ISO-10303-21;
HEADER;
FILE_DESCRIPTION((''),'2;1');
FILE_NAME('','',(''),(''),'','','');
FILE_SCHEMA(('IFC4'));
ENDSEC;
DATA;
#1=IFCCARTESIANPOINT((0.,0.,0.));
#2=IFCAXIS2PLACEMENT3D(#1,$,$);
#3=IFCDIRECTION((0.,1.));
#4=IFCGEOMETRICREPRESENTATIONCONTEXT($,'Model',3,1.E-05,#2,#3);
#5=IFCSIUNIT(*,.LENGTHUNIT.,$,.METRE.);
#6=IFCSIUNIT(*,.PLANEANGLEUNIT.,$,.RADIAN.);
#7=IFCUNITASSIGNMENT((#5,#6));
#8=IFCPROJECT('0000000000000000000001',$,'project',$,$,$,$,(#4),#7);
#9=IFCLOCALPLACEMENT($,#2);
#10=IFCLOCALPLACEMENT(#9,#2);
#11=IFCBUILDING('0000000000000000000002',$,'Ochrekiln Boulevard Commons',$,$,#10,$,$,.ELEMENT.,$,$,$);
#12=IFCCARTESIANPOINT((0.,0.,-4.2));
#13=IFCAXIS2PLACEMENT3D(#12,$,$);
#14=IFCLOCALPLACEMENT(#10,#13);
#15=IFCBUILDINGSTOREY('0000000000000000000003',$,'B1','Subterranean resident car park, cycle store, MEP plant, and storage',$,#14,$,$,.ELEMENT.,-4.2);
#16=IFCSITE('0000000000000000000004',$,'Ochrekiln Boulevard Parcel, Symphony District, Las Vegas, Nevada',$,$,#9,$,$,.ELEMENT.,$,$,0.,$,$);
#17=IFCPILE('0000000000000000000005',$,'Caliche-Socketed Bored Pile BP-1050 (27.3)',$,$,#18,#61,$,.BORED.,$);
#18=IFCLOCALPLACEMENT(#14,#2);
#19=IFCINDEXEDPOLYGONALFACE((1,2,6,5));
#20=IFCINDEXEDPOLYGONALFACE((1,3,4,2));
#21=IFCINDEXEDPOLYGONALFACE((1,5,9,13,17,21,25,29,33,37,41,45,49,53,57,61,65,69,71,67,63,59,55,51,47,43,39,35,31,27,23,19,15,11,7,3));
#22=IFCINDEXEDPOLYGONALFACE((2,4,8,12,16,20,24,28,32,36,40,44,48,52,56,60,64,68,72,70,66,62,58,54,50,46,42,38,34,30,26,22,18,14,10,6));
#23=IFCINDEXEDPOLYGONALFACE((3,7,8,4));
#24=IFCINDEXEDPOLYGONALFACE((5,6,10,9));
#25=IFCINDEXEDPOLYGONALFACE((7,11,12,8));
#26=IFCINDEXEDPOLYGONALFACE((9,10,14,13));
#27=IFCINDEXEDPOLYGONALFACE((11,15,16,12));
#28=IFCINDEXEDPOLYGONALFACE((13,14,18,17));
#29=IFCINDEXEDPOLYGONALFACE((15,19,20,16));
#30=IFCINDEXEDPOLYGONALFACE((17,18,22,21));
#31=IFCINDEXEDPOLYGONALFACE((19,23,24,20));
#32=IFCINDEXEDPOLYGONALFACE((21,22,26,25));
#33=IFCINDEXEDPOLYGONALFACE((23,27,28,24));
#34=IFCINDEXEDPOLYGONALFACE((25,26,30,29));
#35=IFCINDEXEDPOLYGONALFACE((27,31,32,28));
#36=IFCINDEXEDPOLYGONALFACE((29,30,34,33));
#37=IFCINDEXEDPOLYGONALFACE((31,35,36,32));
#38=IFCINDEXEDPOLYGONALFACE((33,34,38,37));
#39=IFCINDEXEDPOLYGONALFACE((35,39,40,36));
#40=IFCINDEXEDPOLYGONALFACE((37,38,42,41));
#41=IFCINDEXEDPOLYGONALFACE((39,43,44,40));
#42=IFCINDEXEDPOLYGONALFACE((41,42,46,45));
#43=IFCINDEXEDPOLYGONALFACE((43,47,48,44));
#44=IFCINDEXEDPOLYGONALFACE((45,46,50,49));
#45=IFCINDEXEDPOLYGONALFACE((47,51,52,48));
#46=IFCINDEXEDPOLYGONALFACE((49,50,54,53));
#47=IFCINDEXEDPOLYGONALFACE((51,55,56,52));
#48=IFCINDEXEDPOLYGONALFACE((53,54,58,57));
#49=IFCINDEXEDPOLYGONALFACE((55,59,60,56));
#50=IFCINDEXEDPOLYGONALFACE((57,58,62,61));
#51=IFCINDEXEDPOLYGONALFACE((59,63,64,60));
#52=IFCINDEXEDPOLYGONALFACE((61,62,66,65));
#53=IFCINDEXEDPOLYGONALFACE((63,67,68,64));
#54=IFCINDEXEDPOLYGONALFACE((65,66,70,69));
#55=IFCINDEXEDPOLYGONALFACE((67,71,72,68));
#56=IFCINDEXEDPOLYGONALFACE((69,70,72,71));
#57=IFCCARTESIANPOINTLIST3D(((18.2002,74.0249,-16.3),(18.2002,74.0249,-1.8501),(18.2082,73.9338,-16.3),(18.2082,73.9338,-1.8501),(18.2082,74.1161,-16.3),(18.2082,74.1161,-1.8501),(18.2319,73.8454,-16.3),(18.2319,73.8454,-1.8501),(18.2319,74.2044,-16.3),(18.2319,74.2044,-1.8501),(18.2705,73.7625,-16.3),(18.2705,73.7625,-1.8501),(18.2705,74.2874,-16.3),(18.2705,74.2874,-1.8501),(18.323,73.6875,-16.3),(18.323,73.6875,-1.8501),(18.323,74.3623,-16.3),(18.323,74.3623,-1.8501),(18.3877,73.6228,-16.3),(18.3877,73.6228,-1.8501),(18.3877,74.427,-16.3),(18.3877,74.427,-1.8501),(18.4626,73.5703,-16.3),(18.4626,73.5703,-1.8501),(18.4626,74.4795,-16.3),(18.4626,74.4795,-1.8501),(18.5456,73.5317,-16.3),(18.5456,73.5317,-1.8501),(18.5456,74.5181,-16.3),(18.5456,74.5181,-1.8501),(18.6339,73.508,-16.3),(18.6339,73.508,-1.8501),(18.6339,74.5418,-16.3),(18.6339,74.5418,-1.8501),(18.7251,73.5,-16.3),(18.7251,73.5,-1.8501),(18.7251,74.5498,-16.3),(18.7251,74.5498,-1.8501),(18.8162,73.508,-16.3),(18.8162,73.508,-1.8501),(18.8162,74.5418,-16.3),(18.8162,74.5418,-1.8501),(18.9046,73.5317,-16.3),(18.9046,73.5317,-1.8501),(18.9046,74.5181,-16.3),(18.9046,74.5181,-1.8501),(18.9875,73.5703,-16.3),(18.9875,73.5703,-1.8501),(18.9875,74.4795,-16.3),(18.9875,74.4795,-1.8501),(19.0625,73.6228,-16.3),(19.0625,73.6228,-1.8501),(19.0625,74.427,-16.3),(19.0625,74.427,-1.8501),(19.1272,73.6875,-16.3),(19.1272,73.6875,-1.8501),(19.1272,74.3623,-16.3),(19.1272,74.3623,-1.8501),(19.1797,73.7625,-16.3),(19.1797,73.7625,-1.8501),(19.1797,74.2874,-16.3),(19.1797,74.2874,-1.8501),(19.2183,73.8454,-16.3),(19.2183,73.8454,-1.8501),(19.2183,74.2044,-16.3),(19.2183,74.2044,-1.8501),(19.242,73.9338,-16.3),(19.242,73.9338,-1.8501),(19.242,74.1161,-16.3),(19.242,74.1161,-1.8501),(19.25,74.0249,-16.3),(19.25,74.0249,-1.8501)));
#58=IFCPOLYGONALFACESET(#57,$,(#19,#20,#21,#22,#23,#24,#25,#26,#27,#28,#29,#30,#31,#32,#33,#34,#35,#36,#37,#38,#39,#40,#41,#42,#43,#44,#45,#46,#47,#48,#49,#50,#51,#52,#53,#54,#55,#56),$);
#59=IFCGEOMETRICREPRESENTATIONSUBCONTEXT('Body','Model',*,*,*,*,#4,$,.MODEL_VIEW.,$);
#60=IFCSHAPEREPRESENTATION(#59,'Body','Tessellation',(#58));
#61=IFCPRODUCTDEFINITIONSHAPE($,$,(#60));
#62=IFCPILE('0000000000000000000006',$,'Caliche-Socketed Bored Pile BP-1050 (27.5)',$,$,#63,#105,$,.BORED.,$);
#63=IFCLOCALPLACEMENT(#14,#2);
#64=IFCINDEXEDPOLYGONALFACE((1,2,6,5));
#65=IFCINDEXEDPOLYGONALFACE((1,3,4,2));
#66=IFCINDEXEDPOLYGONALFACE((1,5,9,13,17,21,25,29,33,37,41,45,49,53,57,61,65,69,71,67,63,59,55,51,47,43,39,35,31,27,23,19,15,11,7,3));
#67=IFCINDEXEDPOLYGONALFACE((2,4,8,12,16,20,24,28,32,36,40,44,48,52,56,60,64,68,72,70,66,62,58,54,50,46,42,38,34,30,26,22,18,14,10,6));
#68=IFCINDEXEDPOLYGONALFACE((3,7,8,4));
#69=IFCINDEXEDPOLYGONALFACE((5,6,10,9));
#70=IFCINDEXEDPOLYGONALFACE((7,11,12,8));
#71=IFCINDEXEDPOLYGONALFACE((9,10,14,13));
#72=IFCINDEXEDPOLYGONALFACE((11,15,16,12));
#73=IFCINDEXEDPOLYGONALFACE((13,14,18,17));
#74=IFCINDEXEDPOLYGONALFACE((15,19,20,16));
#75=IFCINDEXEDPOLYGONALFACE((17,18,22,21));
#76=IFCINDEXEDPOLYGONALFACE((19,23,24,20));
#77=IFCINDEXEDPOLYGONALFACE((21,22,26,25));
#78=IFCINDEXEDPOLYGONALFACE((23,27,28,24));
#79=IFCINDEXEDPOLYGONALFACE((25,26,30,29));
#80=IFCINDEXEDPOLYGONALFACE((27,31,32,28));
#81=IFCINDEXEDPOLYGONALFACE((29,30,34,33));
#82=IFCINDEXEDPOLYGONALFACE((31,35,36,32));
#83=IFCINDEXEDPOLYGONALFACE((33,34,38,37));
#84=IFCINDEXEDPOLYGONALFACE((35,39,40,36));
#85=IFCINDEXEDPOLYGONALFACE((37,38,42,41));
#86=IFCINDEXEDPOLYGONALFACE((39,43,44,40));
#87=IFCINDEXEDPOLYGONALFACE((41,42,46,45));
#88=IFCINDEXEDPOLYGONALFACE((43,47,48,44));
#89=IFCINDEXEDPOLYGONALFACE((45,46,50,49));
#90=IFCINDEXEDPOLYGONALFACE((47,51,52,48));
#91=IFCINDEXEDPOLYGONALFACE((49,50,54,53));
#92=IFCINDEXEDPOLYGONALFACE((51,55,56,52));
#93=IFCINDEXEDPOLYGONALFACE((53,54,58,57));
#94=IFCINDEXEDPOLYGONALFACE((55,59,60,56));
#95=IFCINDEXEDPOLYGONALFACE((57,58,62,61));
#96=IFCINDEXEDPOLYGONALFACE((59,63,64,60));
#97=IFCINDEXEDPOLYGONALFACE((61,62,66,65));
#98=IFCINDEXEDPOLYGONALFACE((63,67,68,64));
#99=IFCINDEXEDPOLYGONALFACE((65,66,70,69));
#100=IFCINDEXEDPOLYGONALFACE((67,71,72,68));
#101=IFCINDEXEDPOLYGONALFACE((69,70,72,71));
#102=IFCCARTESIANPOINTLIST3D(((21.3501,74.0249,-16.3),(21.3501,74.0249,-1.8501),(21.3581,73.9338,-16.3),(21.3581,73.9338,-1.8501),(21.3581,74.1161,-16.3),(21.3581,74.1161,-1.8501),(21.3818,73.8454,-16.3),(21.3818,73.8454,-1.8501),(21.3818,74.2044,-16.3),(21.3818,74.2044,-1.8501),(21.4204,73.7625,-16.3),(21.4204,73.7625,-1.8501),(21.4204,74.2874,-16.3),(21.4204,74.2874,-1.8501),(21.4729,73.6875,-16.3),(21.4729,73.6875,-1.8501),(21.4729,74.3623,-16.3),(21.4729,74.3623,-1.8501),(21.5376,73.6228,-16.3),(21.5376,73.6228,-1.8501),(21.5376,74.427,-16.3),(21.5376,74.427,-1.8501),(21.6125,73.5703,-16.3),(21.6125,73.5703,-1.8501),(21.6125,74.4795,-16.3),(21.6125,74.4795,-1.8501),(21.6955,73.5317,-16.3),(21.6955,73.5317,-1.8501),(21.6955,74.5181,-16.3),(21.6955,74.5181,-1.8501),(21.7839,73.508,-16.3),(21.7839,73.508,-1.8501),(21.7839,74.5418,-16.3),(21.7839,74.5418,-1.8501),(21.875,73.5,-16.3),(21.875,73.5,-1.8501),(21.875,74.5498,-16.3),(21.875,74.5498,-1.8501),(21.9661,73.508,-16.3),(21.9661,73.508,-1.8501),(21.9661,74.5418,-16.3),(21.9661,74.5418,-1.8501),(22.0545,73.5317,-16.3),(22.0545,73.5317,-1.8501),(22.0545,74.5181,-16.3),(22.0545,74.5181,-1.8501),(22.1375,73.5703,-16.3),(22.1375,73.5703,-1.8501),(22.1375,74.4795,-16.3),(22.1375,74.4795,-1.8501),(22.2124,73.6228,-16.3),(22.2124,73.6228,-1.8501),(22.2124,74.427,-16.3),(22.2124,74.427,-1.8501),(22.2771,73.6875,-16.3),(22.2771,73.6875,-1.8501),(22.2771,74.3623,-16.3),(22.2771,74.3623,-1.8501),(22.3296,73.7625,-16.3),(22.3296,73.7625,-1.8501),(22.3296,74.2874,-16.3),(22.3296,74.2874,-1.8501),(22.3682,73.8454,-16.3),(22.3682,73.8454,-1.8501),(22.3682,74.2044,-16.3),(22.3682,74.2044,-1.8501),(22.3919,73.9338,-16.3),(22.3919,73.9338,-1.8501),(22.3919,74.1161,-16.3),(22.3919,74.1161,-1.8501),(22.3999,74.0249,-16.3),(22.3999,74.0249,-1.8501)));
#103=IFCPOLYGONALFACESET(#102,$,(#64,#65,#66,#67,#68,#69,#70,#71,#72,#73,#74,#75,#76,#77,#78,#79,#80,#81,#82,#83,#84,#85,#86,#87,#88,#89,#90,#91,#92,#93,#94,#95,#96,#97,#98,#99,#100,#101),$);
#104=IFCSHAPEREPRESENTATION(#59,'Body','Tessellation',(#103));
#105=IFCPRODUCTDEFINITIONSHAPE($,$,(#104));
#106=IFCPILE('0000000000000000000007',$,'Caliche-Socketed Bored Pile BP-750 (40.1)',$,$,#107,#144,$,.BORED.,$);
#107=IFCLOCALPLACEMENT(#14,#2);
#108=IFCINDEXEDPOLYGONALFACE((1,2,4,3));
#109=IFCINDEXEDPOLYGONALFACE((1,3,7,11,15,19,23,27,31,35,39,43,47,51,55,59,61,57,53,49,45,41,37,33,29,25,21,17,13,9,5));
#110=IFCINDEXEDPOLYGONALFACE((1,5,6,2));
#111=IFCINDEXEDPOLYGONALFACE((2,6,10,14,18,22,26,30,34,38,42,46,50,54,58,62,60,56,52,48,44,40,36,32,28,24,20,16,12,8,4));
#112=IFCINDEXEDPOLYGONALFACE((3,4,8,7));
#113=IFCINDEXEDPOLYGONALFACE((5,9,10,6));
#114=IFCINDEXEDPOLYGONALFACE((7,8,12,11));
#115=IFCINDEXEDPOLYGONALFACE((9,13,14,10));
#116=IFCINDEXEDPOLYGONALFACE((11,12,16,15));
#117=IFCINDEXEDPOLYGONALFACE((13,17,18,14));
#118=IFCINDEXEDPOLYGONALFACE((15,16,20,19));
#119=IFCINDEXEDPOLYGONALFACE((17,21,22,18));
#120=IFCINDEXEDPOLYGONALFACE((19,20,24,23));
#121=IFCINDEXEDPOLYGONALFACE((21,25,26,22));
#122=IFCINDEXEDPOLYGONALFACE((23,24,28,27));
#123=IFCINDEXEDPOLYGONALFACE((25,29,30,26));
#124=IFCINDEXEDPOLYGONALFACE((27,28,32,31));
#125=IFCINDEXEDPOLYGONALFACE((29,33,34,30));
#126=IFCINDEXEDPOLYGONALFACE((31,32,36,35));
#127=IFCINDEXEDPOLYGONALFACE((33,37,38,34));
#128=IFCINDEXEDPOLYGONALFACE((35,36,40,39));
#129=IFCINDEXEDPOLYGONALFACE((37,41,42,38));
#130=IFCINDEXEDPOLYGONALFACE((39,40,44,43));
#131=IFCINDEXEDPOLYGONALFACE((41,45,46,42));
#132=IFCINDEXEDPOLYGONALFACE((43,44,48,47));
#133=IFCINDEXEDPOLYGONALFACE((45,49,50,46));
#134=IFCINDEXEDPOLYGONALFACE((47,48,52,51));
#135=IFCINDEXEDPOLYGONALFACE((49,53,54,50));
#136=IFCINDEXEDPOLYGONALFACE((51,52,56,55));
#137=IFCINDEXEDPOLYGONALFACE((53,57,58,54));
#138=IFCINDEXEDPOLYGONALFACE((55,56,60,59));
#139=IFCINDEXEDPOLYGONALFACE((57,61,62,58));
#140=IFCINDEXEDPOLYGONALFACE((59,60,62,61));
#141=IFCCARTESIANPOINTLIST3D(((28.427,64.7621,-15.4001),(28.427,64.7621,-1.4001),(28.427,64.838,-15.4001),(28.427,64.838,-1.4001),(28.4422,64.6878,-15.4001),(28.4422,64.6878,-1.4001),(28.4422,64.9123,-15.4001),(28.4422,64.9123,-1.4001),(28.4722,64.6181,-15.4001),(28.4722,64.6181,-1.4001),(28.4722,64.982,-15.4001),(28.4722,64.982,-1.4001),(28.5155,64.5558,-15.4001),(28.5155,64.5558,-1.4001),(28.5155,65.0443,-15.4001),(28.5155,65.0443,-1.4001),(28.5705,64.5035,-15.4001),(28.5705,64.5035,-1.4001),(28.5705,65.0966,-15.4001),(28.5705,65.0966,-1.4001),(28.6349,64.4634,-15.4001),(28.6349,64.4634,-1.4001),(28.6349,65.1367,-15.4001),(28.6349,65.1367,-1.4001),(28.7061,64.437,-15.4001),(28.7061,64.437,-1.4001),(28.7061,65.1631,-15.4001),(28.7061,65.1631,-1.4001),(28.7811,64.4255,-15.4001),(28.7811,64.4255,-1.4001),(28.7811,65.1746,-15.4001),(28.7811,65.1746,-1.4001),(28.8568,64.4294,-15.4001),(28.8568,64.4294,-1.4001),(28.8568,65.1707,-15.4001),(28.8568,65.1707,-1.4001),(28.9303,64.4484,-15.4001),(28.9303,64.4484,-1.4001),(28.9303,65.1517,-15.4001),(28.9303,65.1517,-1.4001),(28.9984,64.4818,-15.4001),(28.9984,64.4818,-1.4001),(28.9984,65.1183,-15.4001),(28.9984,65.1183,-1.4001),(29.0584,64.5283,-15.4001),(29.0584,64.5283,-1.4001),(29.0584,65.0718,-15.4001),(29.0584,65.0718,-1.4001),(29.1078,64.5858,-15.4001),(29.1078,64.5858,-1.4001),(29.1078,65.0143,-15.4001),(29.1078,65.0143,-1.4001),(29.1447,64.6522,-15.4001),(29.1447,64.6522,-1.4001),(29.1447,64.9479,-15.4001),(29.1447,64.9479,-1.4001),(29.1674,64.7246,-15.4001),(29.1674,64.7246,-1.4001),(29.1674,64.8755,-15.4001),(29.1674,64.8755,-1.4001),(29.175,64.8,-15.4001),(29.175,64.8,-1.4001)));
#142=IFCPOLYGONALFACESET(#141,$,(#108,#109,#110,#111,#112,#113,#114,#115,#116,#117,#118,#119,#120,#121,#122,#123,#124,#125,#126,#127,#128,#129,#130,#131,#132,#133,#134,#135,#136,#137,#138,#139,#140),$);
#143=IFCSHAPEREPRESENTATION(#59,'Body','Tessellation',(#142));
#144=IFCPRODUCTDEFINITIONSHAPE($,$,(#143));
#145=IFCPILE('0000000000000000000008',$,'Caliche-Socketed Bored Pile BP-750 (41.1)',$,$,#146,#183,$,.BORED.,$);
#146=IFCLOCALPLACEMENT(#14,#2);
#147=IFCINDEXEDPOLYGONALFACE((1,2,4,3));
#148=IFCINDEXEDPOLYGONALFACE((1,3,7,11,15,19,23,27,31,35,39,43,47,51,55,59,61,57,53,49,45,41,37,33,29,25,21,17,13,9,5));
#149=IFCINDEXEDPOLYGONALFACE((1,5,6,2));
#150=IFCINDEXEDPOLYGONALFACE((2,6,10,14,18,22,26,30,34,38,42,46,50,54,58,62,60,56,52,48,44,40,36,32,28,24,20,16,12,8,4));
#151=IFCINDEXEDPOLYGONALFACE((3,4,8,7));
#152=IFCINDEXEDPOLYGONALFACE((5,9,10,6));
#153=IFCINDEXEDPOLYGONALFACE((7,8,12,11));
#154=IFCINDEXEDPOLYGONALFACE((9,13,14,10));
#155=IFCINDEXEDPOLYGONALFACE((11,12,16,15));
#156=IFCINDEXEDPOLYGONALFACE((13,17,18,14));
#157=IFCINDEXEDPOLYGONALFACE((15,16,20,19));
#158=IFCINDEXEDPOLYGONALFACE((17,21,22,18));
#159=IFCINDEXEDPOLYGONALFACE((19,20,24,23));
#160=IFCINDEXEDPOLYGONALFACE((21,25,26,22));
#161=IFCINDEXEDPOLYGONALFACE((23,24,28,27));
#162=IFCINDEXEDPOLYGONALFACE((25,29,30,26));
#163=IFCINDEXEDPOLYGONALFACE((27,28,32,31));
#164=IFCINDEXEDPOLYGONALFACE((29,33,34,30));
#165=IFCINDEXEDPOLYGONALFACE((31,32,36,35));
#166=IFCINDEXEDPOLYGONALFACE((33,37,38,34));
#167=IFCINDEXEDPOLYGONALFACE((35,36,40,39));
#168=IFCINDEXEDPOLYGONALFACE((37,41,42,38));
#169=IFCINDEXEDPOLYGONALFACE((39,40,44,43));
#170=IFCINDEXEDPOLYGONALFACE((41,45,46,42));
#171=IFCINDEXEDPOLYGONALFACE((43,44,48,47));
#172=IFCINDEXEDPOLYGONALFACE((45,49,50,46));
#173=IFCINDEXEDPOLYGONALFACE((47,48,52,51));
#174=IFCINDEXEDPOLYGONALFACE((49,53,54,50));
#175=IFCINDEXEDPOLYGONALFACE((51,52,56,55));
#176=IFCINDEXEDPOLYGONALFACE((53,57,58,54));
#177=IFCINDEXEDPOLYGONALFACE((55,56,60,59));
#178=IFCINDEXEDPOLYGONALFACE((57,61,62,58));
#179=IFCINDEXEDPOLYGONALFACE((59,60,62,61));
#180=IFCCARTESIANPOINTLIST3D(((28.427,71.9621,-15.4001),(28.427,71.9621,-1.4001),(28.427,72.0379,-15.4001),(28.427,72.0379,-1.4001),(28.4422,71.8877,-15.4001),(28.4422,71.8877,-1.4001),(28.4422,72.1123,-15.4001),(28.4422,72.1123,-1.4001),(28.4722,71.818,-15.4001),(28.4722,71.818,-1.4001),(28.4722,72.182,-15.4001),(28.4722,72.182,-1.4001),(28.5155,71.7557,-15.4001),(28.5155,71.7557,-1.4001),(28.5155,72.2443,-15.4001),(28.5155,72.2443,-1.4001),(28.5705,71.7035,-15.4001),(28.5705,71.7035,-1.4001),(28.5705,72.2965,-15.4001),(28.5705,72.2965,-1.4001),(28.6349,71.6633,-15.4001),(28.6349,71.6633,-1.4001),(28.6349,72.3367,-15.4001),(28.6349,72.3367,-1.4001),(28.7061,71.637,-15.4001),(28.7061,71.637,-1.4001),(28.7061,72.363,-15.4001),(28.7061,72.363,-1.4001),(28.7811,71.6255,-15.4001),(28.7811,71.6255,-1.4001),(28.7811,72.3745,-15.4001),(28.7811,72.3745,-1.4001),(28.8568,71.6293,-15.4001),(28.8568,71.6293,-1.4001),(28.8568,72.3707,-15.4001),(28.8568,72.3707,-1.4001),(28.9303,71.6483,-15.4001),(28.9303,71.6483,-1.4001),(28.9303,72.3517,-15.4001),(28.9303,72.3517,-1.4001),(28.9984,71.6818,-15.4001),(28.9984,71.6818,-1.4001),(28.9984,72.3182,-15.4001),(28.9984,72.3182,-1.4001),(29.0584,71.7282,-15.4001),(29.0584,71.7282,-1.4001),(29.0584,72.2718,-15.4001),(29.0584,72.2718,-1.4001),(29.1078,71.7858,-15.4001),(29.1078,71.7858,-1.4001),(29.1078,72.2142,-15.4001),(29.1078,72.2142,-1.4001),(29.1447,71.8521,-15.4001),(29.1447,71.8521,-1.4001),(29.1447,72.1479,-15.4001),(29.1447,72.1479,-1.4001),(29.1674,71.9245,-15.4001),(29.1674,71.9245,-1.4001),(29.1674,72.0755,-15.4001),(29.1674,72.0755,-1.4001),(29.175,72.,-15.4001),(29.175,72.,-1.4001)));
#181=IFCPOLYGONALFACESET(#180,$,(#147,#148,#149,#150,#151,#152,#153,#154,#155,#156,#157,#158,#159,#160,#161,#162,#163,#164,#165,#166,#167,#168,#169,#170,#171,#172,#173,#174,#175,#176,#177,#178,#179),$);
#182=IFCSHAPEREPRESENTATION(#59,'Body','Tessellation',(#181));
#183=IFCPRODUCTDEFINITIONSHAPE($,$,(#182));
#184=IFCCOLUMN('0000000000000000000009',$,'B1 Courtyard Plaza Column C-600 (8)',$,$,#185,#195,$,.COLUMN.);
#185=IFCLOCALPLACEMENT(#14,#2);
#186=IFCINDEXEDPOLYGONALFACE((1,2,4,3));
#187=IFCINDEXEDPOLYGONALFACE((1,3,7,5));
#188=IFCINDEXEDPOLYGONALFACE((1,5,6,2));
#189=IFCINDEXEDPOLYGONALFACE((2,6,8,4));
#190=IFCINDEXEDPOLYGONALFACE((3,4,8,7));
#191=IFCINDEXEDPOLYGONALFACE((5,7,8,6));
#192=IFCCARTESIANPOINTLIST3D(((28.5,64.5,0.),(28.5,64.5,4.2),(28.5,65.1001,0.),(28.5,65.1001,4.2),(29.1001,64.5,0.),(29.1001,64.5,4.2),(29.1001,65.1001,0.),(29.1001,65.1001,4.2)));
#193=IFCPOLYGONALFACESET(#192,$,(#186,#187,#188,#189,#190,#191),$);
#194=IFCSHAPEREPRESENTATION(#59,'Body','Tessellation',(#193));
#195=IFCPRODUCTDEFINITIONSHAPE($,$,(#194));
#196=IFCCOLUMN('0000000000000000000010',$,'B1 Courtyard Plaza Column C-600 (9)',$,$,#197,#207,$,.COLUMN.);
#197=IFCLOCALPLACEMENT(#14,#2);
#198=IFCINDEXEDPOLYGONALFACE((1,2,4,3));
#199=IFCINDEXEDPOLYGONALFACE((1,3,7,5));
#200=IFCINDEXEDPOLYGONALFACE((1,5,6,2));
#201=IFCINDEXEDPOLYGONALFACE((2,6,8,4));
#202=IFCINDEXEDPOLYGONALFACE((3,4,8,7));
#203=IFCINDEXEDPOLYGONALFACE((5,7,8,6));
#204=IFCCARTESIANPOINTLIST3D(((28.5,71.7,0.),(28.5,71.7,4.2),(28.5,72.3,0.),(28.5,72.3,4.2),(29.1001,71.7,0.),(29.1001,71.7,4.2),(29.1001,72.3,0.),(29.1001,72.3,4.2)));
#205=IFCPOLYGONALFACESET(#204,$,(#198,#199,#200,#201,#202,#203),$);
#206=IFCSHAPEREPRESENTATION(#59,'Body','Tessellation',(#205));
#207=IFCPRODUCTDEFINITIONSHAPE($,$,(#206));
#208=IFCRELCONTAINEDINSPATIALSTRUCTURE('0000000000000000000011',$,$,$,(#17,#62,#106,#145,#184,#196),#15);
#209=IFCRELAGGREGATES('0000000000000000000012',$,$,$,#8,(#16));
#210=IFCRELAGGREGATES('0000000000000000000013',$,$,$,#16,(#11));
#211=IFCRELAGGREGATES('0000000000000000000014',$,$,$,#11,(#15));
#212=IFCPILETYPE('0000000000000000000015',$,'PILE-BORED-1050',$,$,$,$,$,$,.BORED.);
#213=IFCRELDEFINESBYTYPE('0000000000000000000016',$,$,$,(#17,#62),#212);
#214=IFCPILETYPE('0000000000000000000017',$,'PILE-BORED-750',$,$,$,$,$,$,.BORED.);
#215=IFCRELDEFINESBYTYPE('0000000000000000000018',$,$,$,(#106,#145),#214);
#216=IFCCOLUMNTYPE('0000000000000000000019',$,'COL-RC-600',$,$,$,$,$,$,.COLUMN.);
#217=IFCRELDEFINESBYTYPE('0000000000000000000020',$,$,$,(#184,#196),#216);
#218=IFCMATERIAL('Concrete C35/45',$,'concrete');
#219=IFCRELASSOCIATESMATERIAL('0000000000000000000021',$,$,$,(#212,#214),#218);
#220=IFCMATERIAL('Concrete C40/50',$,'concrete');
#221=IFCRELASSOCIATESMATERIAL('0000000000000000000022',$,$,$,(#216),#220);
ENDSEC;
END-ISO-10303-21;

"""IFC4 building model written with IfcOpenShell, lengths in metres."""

from ifc_helpers import new_model, si_unit, direction, frame, origin, origin_2d, place, context, subcontext, project, spatial, rectangle, circle, extrude, material, material_profile, profile_set, type_object, element, save


model = new_model("IFC4")

# Units and contexts
model_context = context("Model", 3, precision=1e-05, world=origin(), true_north=direction((0.0, 1.0)))
body_context = subcontext(model_context, "Body", "Model", "MODEL_VIEW")
ifc_project = project(units=[si_unit("LENGTHUNIT", "METRE"), si_unit("PLANEANGLEUNIT", "RADIAN")], contexts=[model_context])

# Site, building, storey
site_placement = place(None, origin())
site = spatial("IfcSite", under=ifc_project, at=site_placement, Name="Ochrekiln Boulevard Parcel, Symphony District, Las Vegas, Nevada", CompositionType="ELEMENT", RefElevation=0.0)
building_placement = place(site_placement, origin())
building = spatial("IfcBuilding", under=site, at=building_placement, Name="Ochrekiln Boulevard Commons", CompositionType="ELEMENT")
storey_placement = place(building_placement, frame((0.0, 0.0, -4.2)))
storey = spatial("IfcBuildingStorey", under=building, at=storey_placement, Name="B1", Description="Subterranean resident car park, cycle store, MEP plant, and storage", CompositionType="ELEMENT", Elevation=-4.2)

# Shared definitions
ifc_material_1 = material(Name="Concrete C35/45", Category="concrete")

# Piles
ifc_material_profile_1 = material_profile(ifc_material_1, circle(Radius=0.5249, at=origin_2d()), Name="PILE-D1050")
ifc_profile_set_1 = profile_set([ifc_material_profile_1], Name="Concrete C35/45")
pile_type_1 = type_object("IfcPileType", Name="PILE-BORED-1050", PredefinedType="BORED", material=ifc_profile_set_1)
for number, where, z_axis, x_axis, name in (
    (1, (18.7251, 74.0249, -1.8501), (0.0, 0.0, -1.0), (1.0, 0.0, 0.0), "Caliche-Socketed Bored Pile BP-1050 (27.3)"),
    (2, (21.875, 74.0249, -1.8501), (0.0, 0.0, -1.0), (1.0, 0.0, 0.0), "Caliche-Socketed Bored Pile BP-1050 (27.5)"),
):
    element("IfcPile", number, at=place(storey_placement, frame(where, z_axis=z_axis, x_axis=x_axis)), inside=storey, type_object=pile_type_1, Name=name, PredefinedType="BORED", context=body_context, shape_type="SweptSolid", body=[
        extrude(circle(Radius=0.5249, at=origin_2d()), origin(), (0.0, 0.0, 1.0), 14.45),
    ])
ifc_material_profile_2 = material_profile(ifc_material_1, circle(Radius=0.375, at=origin_2d()), Name="PILE-D750")
ifc_profile_set_2 = profile_set([ifc_material_profile_2], Name="Concrete C35/45")
pile_type_2 = type_object("IfcPileType", Name="PILE-BORED-750", PredefinedType="BORED", material=ifc_profile_set_2)
for number, where, z_axis, x_axis, name in (
    (3, (28.8, 64.8, -1.4001), (0.0, 0.0, -1.0), (1.0, 0.0, 0.0), "Caliche-Socketed Bored Pile BP-750 (40.1)"),
    (4, (28.8, 72.0, -1.4001), (0.0, 0.0, -1.0), (1.0, 0.0, 0.0), "Caliche-Socketed Bored Pile BP-750 (41.1)"),
):
    element("IfcPile", number, at=place(storey_placement, frame(where, z_axis=z_axis, x_axis=x_axis)), inside=storey, type_object=pile_type_2, Name=name, PredefinedType="BORED", context=body_context, shape_type="SweptSolid", body=[
        extrude(circle(Radius=0.375, at=origin_2d()), origin(), (0.0, 0.0, 1.0), 14.0),
    ])

# Columns
ifc_material_2 = material(Name="Concrete C40/50", Category="concrete")
ifc_material_profile_3 = material_profile(ifc_material_2, rectangle(XDim=0.6001, YDim=0.6001, at=origin_2d()), Name="RC-COL-600x600")
ifc_profile_set_3 = profile_set([ifc_material_profile_3], Name="Concrete C40/50")
column_type_1 = type_object("IfcColumnType", Name="COL-RC-600", PredefinedType="COLUMN", material=ifc_profile_set_3)
for number, where, z_axis, x_axis, name in (
    (5, (28.8, 64.8, 0.0), (0.0, 0.0, 1.0), (1.0, 0.0, 0.0), "B1 Courtyard Plaza Column C-600 (8)"),
    (6, (28.8, 72.0, 0.0), (0.0, 0.0, 1.0), (1.0, 0.0, 0.0), "B1 Courtyard Plaza Column C-600 (9)"),
):
    element("IfcColumn", number, at=place(storey_placement, frame(where, z_axis=z_axis, x_axis=x_axis)), inside=storey, type_object=column_type_1, Name=name, PredefinedType="COLUMN", context=body_context, shape_type="SweptSolid", body=[
        extrude(rectangle(XDim=0.6001, YDim=0.6001, at=origin_2d()), origin(), (0.0, 0.0, 1.0), 4.2),
    ])

save(model, "model.ifc")
